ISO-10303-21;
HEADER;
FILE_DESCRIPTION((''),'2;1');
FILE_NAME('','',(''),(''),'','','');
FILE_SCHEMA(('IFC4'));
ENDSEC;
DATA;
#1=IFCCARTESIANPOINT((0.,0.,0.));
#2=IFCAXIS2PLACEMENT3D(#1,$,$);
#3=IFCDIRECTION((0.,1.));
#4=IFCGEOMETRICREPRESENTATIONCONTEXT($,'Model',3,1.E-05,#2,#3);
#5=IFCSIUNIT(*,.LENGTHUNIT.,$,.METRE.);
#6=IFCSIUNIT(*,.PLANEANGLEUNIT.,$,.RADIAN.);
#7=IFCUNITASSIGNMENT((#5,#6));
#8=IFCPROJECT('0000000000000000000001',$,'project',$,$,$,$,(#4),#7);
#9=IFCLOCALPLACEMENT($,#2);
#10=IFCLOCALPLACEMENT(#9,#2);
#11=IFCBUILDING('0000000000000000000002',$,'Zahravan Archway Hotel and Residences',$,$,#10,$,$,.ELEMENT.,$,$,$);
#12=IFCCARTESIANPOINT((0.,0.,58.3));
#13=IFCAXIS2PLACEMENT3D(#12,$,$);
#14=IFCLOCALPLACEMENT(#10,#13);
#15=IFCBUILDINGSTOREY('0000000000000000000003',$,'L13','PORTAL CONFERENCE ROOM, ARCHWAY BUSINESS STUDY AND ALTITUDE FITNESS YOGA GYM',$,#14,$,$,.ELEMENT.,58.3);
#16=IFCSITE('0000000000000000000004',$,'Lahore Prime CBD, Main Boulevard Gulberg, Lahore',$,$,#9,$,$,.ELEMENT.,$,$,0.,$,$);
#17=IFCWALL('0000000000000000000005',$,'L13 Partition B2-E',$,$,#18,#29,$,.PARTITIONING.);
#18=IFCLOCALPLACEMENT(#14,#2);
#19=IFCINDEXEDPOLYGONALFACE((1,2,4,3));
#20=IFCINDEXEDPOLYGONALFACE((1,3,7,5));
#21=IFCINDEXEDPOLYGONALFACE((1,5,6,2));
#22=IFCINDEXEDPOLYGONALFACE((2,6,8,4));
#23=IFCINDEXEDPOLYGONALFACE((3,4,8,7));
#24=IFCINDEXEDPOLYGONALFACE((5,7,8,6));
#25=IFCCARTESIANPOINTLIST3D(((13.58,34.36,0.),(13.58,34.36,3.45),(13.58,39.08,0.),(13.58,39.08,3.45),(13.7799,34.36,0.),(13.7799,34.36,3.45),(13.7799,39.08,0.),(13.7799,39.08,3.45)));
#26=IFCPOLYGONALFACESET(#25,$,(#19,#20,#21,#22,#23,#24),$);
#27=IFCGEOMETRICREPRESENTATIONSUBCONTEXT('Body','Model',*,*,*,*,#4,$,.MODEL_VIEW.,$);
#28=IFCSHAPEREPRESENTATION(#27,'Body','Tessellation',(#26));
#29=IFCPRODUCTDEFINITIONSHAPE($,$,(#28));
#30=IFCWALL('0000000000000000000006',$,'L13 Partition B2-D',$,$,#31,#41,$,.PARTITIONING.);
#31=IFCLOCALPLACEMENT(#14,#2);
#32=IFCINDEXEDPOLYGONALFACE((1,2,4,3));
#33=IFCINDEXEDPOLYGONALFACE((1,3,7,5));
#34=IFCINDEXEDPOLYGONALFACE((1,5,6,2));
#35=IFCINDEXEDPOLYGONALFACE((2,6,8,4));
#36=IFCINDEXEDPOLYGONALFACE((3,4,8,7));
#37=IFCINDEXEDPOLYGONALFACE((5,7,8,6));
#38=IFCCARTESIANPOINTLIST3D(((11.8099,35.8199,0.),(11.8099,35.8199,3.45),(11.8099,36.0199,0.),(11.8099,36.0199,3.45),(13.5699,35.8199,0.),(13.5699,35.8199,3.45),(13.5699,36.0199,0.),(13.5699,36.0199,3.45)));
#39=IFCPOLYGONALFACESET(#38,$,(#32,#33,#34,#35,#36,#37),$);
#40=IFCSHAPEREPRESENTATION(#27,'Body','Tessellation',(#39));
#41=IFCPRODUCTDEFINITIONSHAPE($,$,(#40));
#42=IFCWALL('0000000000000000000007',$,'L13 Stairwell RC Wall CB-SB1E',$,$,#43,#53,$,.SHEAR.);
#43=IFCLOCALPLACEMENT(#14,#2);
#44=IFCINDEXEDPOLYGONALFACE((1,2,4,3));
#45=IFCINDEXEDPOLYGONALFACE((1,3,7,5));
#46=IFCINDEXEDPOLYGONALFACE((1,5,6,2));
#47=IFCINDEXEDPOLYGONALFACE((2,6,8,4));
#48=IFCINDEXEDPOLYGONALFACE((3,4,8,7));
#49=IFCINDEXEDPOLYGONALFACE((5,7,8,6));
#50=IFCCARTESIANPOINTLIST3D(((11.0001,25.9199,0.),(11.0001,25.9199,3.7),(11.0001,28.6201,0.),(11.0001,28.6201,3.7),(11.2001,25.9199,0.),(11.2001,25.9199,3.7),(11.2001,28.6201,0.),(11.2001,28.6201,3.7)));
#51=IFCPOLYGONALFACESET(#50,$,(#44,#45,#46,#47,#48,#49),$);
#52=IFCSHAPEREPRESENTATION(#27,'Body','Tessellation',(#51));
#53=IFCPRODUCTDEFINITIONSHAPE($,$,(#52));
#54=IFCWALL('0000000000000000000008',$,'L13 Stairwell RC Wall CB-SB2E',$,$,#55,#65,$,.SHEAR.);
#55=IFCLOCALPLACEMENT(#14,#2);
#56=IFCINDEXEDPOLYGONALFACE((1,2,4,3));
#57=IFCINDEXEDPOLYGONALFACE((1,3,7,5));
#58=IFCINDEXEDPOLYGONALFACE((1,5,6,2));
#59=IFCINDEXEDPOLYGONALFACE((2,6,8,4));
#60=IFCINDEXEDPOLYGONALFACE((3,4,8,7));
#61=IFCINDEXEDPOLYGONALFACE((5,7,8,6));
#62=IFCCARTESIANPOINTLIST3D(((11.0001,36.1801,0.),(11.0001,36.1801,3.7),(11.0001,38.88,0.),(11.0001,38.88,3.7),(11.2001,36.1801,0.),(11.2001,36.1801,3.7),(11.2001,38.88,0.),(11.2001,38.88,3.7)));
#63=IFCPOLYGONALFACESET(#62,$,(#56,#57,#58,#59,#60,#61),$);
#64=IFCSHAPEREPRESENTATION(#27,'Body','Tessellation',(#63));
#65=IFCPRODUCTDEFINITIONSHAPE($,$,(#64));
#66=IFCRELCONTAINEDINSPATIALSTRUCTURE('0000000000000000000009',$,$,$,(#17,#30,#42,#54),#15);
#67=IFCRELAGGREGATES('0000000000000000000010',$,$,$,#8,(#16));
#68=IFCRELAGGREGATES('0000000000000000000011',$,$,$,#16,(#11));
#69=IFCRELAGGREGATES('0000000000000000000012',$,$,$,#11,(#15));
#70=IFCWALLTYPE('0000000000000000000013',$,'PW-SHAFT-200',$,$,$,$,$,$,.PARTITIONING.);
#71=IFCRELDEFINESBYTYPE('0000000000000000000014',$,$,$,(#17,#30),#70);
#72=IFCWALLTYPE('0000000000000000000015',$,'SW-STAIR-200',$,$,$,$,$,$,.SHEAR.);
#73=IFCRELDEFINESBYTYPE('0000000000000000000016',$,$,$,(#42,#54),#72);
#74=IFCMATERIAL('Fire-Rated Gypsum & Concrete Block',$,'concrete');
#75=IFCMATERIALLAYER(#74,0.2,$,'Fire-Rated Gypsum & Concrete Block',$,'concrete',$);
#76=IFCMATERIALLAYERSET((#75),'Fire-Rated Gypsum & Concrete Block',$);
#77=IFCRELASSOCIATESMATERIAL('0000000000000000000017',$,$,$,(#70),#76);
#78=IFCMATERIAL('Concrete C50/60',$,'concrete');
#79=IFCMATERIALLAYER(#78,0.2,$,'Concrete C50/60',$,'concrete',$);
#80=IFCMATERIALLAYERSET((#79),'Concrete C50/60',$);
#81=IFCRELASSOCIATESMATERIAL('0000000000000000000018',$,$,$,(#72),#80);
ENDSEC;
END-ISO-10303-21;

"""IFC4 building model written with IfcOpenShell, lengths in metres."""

from ifc_helpers import new_model, si_unit, direction, frame, frame_2d, origin, place, context, subcontext, project, spatial, rectangle, extrude, material, layer, layer_set, type_object, element, save


model = new_model("IFC4")

# Units and contexts
model_context = context("Model", 3, precision=1e-05, world=origin(), true_north=direction((0.0, 1.0)))
body_context = subcontext(model_context, "Body", "Model", "MODEL_VIEW")
ifc_project = project(units=[si_unit("LENGTHUNIT", "METRE"), si_unit("PLANEANGLEUNIT", "RADIAN")], contexts=[model_context])

# Site, building, storey
site_placement = place(None, origin())
site = spatial("IfcSite", under=ifc_project, at=site_placement, Name="Lahore Prime CBD, Main Boulevard Gulberg, Lahore", CompositionType="ELEMENT", RefElevation=0.0)
building_placement = place(site_placement, origin())
building = spatial("IfcBuilding", under=site, at=building_placement, Name="Zahravan Archway Hotel and Residences", CompositionType="ELEMENT")
storey_placement = place(building_placement, frame((0.0, 0.0, 58.3)))
storey = spatial("IfcBuildingStorey", under=building, at=storey_placement, Name="L13", Description="PORTAL CONFERENCE ROOM, ARCHWAY BUSINESS STUDY AND ALTITUDE FITNESS YOGA GYM", CompositionType="ELEMENT", Elevation=58.3)

# Shared definitions
ifc_material_1 = material(Name="Fire-Rated Gypsum & Concrete Block", Category="concrete")
ifc_layer_1 = layer(ifc_material_1, 0.2, Name="Fire-Rated Gypsum & Concrete Block", Category="concrete")
ifc_layer_set_1 = layer_set([ifc_layer_1], Name="Fire-Rated Gypsum & Concrete Block")
wall_type_1 = type_object("IfcWallType", Name="PW-SHAFT-200", PredefinedType="PARTITIONING", material=ifc_layer_set_1)

# Walls
wall_1_placement = place(storey_placement, frame((13.6799, 34.3601, 0.0), z_axis=(0.0, 0.0, 1.0), x_axis=(0.0, 1.0, 0.0)))
element("IfcWall", 1, at=wall_1_placement, inside=storey, type_object=wall_type_1, Name="L13 Partition B2-E", PredefinedType="PARTITIONING", context=body_context, shape_type="SweptSolid", body=[
    extrude(rectangle(XDim=4.72, YDim=0.2, at=frame_2d((2.3599, 0.0))), origin(), (0.0, 0.0, 1.0), 3.45),
])
wall_2_placement = place(storey_placement, frame((11.8101, 35.9199, 0.0), z_axis=(0.0, 0.0, 1.0), x_axis=(1.0, 0.0, 0.0)))
element("IfcWall", 2, at=wall_2_placement, inside=storey, type_object=wall_type_1, Name="L13 Partition B2-D", PredefinedType="PARTITIONING", context=body_context, shape_type="SweptSolid", body=[
    extrude(rectangle(XDim=1.76, YDim=0.2, at=frame_2d((0.8799, 0.0))), origin(), (0.0, 0.0, 1.0), 3.45),
])
ifc_material_2 = material(Name="Concrete C50/60", Category="concrete")
ifc_layer_2 = layer(ifc_material_2, 0.2, Name="Concrete C50/60", Category="concrete")
ifc_layer_set_2 = layer_set([ifc_layer_2], Name="Concrete C50/60")
wall_type_2 = type_object("IfcWallType", Name="SW-STAIR-200", PredefinedType="SHEAR", material=ifc_layer_set_2)
wall_3_placement = place(storey_placement, frame((11.1001, 25.9199, 0.0), z_axis=(0.0, 0.0, 1.0), x_axis=(0.0, 1.0, 0.0)))
element("IfcWall", 3, at=wall_3_placement, inside=storey, type_object=wall_type_2, Name="L13 Stairwell RC Wall CB-SB1E", PredefinedType="SHEAR", context=body_context, shape_type="SweptSolid", body=[
    extrude(rectangle(XDim=2.7002, YDim=0.2, at=frame_2d((1.3501, 0.0))), origin(), (0.0, 0.0, 1.0), 3.7),
])
wall_4_placement = place(storey_placement, frame((11.1001, 36.1799, 0.0), z_axis=(0.0, 0.0, 1.0), x_axis=(0.0, 1.0, 0.0)))
element("IfcWall", 4, at=wall_4_placement, inside=storey, type_object=wall_type_2, Name="L13 Stairwell RC Wall CB-SB2E", PredefinedType="SHEAR", context=body_context, shape_type="SweptSolid", body=[
    extrude(rectangle(XDim=2.7, YDim=0.2, at=frame_2d((1.3501, 0.0))), origin(), (0.0, 0.0, 1.0), 3.7),
])

save(model, "model.ifc")
